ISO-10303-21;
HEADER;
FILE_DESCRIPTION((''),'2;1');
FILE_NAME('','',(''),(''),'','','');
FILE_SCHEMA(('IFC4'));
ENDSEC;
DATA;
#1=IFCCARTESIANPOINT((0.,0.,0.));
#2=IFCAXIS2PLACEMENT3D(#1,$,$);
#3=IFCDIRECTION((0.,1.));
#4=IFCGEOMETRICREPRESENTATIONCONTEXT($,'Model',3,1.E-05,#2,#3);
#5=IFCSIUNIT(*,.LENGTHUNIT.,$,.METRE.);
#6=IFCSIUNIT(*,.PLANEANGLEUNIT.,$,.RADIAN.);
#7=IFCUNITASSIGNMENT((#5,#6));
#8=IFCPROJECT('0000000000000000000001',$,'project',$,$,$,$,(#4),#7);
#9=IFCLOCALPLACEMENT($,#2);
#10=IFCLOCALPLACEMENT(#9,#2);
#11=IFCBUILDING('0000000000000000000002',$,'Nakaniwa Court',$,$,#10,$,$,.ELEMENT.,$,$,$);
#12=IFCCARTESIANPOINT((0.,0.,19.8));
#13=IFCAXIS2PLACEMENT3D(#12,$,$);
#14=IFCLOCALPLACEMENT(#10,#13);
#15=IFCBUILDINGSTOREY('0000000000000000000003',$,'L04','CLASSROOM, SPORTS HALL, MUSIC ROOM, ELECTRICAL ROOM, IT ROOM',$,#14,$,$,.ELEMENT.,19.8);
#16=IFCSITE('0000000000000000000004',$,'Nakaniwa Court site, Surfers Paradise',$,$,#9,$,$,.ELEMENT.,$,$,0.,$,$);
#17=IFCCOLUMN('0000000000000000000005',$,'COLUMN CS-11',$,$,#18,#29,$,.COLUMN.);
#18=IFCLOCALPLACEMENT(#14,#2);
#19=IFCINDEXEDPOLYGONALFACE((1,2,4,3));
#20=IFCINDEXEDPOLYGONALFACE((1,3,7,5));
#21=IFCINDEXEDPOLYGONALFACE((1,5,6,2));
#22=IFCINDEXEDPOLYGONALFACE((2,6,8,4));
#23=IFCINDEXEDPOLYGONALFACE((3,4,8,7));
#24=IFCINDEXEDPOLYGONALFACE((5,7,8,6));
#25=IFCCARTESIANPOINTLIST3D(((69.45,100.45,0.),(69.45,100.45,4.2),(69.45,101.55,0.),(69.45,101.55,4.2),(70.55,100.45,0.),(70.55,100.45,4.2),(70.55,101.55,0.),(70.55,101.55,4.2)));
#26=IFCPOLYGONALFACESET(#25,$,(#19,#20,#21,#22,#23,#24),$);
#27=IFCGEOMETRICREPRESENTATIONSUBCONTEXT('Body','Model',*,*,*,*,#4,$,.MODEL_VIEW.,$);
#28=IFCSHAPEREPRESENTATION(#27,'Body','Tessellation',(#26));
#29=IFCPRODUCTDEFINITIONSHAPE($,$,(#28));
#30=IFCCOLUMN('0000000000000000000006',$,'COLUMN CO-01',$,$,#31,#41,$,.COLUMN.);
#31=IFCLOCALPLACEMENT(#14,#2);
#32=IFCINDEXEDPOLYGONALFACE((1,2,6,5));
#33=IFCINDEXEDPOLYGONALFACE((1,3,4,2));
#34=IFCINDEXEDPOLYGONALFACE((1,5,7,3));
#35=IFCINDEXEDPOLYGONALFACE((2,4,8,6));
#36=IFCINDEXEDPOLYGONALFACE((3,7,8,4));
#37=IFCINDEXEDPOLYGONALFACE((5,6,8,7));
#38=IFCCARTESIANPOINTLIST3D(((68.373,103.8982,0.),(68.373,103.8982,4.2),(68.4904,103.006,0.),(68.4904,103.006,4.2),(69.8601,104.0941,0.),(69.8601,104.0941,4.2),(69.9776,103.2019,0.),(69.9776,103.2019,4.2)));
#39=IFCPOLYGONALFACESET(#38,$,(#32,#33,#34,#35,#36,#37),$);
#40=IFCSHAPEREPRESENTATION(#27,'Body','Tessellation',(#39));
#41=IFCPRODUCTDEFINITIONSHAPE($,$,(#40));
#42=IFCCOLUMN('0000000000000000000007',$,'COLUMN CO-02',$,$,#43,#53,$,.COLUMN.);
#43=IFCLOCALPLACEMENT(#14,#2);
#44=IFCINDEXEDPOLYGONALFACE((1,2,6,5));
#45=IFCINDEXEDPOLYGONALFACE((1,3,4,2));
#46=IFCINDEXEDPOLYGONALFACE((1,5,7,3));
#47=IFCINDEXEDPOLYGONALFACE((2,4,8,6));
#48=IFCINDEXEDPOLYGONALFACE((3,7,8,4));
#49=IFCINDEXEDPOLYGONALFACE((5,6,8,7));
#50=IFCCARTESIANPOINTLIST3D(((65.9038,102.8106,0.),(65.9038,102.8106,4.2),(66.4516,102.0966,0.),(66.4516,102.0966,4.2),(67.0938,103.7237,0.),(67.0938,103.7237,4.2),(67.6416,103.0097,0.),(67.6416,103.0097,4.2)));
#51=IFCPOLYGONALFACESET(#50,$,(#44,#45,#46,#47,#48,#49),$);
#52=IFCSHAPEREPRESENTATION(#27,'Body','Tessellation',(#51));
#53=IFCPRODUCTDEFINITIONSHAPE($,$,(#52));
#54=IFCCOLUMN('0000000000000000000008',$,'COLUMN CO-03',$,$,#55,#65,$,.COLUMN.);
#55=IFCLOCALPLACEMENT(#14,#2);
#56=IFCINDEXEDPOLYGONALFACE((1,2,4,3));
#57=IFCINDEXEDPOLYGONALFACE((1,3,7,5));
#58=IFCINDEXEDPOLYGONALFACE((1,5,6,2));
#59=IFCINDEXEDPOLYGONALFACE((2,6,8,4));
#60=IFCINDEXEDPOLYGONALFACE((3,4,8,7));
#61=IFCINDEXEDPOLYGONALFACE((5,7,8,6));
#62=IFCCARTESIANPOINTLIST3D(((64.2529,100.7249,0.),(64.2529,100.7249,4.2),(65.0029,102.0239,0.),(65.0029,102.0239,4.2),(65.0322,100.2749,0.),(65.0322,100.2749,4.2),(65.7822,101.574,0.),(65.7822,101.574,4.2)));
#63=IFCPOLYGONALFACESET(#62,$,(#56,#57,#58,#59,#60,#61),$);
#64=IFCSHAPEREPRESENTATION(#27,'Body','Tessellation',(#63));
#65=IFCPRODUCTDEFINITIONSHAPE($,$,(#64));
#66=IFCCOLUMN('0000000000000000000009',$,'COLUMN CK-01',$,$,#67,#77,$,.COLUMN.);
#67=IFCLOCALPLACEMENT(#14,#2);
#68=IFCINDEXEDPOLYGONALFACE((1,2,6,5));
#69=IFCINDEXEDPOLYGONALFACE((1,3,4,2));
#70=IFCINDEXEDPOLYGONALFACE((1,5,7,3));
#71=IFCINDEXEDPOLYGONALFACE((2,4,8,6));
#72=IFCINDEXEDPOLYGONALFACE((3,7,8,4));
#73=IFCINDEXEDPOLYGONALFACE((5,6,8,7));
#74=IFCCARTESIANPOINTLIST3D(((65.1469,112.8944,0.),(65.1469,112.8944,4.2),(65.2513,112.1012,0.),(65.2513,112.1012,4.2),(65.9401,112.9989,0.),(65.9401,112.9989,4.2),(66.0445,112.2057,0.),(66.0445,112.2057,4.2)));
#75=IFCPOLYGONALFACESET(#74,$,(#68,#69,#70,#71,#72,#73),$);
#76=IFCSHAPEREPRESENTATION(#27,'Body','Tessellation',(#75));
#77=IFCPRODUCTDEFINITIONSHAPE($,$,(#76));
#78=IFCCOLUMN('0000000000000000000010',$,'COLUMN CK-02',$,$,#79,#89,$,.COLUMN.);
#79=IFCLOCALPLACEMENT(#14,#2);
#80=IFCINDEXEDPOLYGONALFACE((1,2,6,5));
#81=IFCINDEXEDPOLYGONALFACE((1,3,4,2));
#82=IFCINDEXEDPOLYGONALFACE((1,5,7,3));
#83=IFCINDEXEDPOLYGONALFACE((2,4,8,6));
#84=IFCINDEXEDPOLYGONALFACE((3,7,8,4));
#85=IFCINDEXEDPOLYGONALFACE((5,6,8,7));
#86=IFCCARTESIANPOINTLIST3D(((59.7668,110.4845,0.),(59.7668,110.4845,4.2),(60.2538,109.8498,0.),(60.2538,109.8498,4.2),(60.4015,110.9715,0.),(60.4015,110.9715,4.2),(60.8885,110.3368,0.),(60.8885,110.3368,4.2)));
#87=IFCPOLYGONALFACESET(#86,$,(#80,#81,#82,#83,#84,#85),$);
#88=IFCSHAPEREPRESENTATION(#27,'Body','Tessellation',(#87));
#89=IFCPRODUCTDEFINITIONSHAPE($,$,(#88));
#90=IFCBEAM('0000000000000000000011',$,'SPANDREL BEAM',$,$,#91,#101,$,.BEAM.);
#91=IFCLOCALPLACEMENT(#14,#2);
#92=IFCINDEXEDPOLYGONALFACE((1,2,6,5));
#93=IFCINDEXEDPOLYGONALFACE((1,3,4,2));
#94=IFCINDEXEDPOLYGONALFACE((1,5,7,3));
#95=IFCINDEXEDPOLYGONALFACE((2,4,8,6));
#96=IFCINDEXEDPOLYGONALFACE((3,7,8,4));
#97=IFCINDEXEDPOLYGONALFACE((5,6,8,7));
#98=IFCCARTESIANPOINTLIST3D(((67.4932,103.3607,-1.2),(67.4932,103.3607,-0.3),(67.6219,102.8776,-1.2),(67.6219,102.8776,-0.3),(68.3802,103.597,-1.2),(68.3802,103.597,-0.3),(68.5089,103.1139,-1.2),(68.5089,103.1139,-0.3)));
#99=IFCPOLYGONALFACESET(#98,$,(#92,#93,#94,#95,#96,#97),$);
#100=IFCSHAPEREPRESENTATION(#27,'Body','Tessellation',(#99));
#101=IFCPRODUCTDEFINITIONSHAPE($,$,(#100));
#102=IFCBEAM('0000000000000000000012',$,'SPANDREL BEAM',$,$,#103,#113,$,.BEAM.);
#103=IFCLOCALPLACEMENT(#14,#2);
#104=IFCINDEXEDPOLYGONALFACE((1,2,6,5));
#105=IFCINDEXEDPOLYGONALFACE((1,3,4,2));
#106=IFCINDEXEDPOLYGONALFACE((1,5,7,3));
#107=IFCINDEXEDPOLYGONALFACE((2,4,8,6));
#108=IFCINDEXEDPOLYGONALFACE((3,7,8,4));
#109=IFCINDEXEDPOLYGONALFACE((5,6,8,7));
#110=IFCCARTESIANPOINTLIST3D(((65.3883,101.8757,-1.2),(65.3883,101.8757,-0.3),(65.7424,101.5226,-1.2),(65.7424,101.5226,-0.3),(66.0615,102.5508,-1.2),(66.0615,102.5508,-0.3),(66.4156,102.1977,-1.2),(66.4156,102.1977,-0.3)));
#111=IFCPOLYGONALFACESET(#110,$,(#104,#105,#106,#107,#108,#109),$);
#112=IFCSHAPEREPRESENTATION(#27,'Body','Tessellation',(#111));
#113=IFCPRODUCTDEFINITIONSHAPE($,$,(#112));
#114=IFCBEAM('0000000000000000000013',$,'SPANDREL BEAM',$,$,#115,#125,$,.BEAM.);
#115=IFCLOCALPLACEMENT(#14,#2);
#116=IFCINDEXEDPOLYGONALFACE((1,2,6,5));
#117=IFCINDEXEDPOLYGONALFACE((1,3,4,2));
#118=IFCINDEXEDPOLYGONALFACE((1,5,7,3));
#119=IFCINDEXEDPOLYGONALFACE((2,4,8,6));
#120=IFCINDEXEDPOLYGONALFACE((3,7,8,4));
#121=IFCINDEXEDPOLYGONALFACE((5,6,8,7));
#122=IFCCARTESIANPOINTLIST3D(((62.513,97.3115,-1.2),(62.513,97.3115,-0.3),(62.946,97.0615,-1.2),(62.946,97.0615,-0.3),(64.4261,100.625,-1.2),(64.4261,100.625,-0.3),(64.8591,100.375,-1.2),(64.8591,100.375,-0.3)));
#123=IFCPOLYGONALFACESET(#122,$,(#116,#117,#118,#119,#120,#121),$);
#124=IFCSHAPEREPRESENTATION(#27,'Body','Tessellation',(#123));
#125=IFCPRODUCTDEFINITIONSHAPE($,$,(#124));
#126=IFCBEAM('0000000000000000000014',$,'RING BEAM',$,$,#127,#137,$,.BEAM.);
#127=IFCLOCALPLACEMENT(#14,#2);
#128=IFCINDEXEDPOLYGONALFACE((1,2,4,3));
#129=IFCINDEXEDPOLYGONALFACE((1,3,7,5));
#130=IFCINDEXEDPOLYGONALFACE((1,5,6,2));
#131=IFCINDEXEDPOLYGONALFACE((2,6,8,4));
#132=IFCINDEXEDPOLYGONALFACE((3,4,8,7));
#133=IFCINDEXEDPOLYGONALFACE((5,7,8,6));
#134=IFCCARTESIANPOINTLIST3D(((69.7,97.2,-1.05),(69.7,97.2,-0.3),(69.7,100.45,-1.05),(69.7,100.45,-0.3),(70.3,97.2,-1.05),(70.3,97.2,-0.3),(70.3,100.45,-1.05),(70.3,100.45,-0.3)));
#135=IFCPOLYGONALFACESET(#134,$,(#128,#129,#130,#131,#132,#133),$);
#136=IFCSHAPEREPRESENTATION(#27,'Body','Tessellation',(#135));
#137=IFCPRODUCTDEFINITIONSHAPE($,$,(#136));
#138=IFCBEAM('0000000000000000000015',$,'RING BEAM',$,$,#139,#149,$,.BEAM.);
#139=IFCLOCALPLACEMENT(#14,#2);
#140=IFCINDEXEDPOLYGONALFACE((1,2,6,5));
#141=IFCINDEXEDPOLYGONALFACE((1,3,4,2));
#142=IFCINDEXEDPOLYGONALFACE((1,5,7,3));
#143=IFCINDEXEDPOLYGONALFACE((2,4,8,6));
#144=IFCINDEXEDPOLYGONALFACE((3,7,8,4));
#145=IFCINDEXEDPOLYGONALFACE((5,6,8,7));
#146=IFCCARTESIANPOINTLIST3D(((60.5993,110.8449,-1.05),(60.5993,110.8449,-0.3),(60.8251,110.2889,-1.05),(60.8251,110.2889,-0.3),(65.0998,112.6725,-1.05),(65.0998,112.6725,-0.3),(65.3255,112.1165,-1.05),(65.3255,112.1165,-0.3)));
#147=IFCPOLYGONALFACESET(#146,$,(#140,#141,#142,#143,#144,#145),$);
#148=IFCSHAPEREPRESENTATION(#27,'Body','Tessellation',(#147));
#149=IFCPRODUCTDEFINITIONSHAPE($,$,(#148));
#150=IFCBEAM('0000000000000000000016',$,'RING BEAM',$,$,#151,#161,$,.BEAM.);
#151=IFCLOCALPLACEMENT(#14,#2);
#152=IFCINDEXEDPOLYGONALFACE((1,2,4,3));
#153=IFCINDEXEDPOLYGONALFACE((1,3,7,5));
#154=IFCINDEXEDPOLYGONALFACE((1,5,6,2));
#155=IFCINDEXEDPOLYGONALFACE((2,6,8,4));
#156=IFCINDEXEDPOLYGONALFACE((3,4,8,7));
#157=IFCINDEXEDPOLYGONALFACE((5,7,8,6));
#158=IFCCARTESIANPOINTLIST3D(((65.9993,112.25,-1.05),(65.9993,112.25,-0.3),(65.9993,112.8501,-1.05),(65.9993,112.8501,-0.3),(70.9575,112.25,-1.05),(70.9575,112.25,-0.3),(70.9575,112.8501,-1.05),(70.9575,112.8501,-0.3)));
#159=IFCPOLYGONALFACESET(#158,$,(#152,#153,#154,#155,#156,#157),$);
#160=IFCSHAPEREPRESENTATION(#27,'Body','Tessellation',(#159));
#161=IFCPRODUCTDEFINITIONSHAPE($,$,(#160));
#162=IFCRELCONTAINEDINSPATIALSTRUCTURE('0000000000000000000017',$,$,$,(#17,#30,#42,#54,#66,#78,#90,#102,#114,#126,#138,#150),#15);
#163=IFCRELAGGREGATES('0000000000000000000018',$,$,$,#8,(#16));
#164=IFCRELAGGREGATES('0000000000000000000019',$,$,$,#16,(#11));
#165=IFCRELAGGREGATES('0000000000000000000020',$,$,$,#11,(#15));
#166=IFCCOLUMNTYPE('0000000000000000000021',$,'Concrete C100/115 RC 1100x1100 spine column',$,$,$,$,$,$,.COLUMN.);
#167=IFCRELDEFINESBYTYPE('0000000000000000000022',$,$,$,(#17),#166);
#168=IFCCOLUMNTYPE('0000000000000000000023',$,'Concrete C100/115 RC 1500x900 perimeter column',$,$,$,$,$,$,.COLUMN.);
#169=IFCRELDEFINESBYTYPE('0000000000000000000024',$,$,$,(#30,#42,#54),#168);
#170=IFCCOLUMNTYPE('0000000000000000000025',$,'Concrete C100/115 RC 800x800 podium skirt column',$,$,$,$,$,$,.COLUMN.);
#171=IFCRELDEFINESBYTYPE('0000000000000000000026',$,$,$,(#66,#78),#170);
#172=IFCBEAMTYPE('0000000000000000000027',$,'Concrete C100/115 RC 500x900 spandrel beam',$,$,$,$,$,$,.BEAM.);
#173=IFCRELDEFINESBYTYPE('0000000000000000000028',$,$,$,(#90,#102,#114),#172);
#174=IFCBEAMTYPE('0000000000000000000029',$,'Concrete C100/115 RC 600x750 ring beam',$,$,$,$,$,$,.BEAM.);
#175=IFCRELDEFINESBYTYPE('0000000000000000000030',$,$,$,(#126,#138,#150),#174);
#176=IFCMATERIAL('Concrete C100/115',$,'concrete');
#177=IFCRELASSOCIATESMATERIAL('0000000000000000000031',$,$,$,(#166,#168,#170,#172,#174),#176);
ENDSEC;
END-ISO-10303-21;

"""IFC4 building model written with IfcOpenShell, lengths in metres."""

from ifc_helpers import new_model, si_unit, direction, frame, origin, origin_2d, place, context, subcontext, project, spatial, rectangle, extrude, material, material_profile, profile_set, type_object, element, save


model = new_model("IFC4")

# Units and contexts
model_context = context("Model", 3, precision=1e-05, world=origin(), true_north=direction((0.0, 1.0)))
body_context = subcontext(model_context, "Body", "Model", "MODEL_VIEW")
ifc_project = project(units=[si_unit("LENGTHUNIT", "METRE"), si_unit("PLANEANGLEUNIT", "RADIAN")], contexts=[model_context])

# Site, building, storey
site_placement = place(None, origin())
site = spatial("IfcSite", under=ifc_project, at=site_placement, Name="Nakaniwa Court site, Surfers Paradise", CompositionType="ELEMENT", RefElevation=0.0)
building_placement = place(site_placement, origin())
building = spatial("IfcBuilding", under=site, at=building_placement, Name="Nakaniwa Court", CompositionType="ELEMENT")
storey_placement = place(building_placement, frame((0.0, 0.0, 19.8)))
storey = spatial("IfcBuildingStorey", under=building, at=storey_placement, Name="L04", Description="CLASSROOM, SPORTS HALL, MUSIC ROOM, ELECTRICAL ROOM, IT ROOM", CompositionType="ELEMENT", Elevation=19.8)

# Columns
ifc_material_1 = material(Name="Concrete C100/115", Category="concrete")
ifc_material_profile_1 = material_profile(ifc_material_1, rectangle(XDim=1.1001, YDim=1.1001, at=origin_2d()), Name="Concrete C100/115 RC 1100x1100 spine column")
ifc_profile_set_1 = profile_set([ifc_material_profile_1], Name="Concrete C100/115")
column_type_1 = type_object("IfcColumnType", Name="Concrete C100/115 RC 1100x1100 spine column", PredefinedType="COLUMN", material=ifc_profile_set_1)
column_placement = place(storey_placement, frame((70.0, 101.0, 0.0), z_axis=(0.0, 0.0, 1.0), x_axis=(0.0, -1.0, 0.0)))
element("IfcColumn", 1, at=column_placement, inside=storey, type_object=column_type_1, Name="COLUMN CS-11", PredefinedType="COLUMN", context=body_context, shape_type="SweptSolid", body=[
    extrude(rectangle(XDim=1.1001, YDim=1.1001, at=origin_2d()), origin(), (0.0, 0.0, 1.0), 4.2),
])
ifc_material_profile_2 = material_profile(ifc_material_1, rectangle(XDim=1.5, YDim=0.8999, at=origin_2d()), Name="Concrete C100/115 RC 1500x900 perimeter column")
ifc_profile_set_2 = profile_set([ifc_material_profile_2], Name="Concrete C100/115")
column_type_2 = type_object("IfcColumnType", Name="Concrete C100/115 RC 1500x900 perimeter column", PredefinedType="COLUMN", material=ifc_profile_set_2)
for number, where, z_axis, x_axis, name in (
    (2, (69.1753, 103.55, 0.0), (0.0, 0.0, 1.0), (-0.991443, -0.130543, 0.0), "COLUMN CO-01"),
    (3, (66.7727, 102.9102, 0.0), (0.0, 0.0, 1.0), (-0.793364, -0.608748, 0.0), "COLUMN CO-02"),
    (4, (65.0176, 101.1494, 0.0), (0.0, 0.0, 1.0), (-0.5, -0.866025, 0.0), "COLUMN CO-03"),
):
    element("IfcColumn", number, at=place(storey_placement, frame(where, z_axis=z_axis, x_axis=x_axis)), inside=storey, type_object=column_type_2, Name=name, PredefinedType="COLUMN", context=body_context, shape_type="SweptSolid", body=[
        extrude(rectangle(XDim=1.5, YDim=0.8999, at=origin_2d()), origin(), (0.0, 0.0, 1.0), 4.2),
    ])
ifc_material_profile_3 = material_profile(ifc_material_1, rectangle(XDim=0.8, YDim=0.8, at=origin_2d()), Name="Concrete C100/115 RC 800x800 podium skirt column")
ifc_profile_set_3 = profile_set([ifc_material_profile_3], Name="Concrete C100/115")
column_type_3 = type_object("IfcColumnType", Name="Concrete C100/115 RC 800x800 podium skirt column", PredefinedType="COLUMN", material=ifc_profile_set_3)
for number, where, z_axis, x_axis, name in (
    (5, (65.5957, 112.55, 0.0), (0.0, 0.0, 1.0), (-0.991445, -0.130526, 0.0), "COLUMN CK-01"),
    (6, (60.3276, 110.4106, 0.0), (0.0, 0.0, 1.0), (-0.793353, -0.608761, 0.0), "COLUMN CK-02"),
):
    element("IfcColumn", number, at=place(storey_placement, frame(where, z_axis=z_axis, x_axis=x_axis)), inside=storey, type_object=column_type_3, Name=name, PredefinedType="COLUMN", context=body_context, shape_type="SweptSolid", body=[
        extrude(rectangle(XDim=0.8, YDim=0.8, at=origin_2d()), origin(), (0.0, 0.0, 1.0), 4.2),
    ])

# Beams
ifc_material_profile_4 = material_profile(ifc_material_1, rectangle(XDim=0.5, YDim=0.8999, at=origin_2d()), Name="Concrete C100/115 RC 500x900 spandrel beam")
ifc_profile_set_4 = profile_set([ifc_material_profile_4], Name="Concrete C100/115")
beam_type_1 = type_object("IfcBeamType", Name="Concrete C100/115 RC 500x900 spandrel beam", PredefinedType="BEAM", material=ifc_profile_set_4)
beam_1_placement = place(storey_placement, frame((68.4446, 103.3555, -0.75), z_axis=(-0.966288, -0.257464, 0.0), x_axis=(0.257464, -0.966288, 0.0)))
element("IfcBeam", 7, at=beam_1_placement, inside=storey, type_object=beam_type_1, Name="SPANDREL BEAM", PredefinedType="BEAM", context=body_context, shape_type="SweptSolid", body=[
    extrude(rectangle(XDim=0.5, YDim=0.8999, at=origin_2d()), origin(), (0.0, 0.0, 1.0), 0.918),
])
beam_2_placement = place(storey_placement, frame((66.2385, 102.3743, -0.75), z_axis=(-0.706082, -0.70813, 0.0), x_axis=(0.70813, -0.706082, 0.0)))
element("IfcBeam", 8, at=beam_2_placement, inside=storey, type_object=beam_type_1, Name="SPANDREL BEAM", PredefinedType="BEAM", context=body_context, shape_type="SweptSolid", body=[
    extrude(rectangle(XDim=0.5, YDim=0.8999, at=origin_2d()), origin(), (0.0, 0.0, 1.0), 0.9534),
])
beam_3_placement = place(storey_placement, frame((64.6426, 100.5, -0.75), z_axis=(-0.50001, -0.86602, 0.0), x_axis=(0.86602, -0.50001, 0.0)))
element("IfcBeam", 9, at=beam_3_placement, inside=storey, type_object=beam_type_1, Name="SPANDREL BEAM", PredefinedType="BEAM", context=body_context, shape_type="SweptSolid", body=[
    extrude(rectangle(XDim=0.5, YDim=0.8999, at=origin_2d()), origin(), (0.0, 0.0, 1.0), 3.8262),
])
ifc_material_profile_5 = material_profile(ifc_material_1, rectangle(XDim=0.6001, YDim=0.75, at=origin_2d()), Name="Concrete C100/115 RC 600x750 ring beam")
ifc_profile_set_5 = profile_set([ifc_material_profile_5], Name="Concrete C100/115")
beam_type_2 = type_object("IfcBeamType", Name="Concrete C100/115 RC 600x750 ring beam", PredefinedType="BEAM", material=ifc_profile_set_5)
beam_4_placement = place(storey_placement, frame((70.0, 100.45, -0.675), z_axis=(0.0, -1.0, 0.0), x_axis=(1.0, 0.0, 0.0)))
element("IfcBeam", 10, at=beam_4_placement, inside=storey, type_object=beam_type_2, Name="RING BEAM", PredefinedType="BEAM", context=body_context, shape_type="SweptSolid", body=[
    extrude(rectangle(XDim=0.6001, YDim=0.75, at=origin_2d()), origin(), (0.0, 0.0, 1.0), 3.25),
])
beam_5_placement = place(storey_placement, frame((65.2126, 112.3945, -0.675), z_axis=(-0.926516, -0.376256, 0.0), x_axis=(0.376256, -0.926516, 0.0)))
element("IfcBeam", 11, at=beam_5_placement, inside=storey, type_object=beam_type_2, Name="RING BEAM", PredefinedType="BEAM", context=body_context, shape_type="SweptSolid", body=[
    extrude(rectangle(XDim=0.6001, YDim=0.75, at=origin_2d()), origin(), (0.0, 0.0, 1.0), 4.8574),
])
beam_6_placement = place(storey_placement, frame((70.9575, 112.55, -0.675), z_axis=(-1.0, 0.0, 0.0), x_axis=(0.0, -1.0, 0.0)))
element("IfcBeam", 12, at=beam_6_placement, inside=storey, type_object=beam_type_2, Name="RING BEAM", PredefinedType="BEAM", context=body_context, shape_type="SweptSolid", body=[
    extrude(rectangle(XDim=0.6001, YDim=0.75, at=origin_2d()), origin(), (0.0, 0.0, 1.0), 4.9583),
])

save(model, "model.ifc")
